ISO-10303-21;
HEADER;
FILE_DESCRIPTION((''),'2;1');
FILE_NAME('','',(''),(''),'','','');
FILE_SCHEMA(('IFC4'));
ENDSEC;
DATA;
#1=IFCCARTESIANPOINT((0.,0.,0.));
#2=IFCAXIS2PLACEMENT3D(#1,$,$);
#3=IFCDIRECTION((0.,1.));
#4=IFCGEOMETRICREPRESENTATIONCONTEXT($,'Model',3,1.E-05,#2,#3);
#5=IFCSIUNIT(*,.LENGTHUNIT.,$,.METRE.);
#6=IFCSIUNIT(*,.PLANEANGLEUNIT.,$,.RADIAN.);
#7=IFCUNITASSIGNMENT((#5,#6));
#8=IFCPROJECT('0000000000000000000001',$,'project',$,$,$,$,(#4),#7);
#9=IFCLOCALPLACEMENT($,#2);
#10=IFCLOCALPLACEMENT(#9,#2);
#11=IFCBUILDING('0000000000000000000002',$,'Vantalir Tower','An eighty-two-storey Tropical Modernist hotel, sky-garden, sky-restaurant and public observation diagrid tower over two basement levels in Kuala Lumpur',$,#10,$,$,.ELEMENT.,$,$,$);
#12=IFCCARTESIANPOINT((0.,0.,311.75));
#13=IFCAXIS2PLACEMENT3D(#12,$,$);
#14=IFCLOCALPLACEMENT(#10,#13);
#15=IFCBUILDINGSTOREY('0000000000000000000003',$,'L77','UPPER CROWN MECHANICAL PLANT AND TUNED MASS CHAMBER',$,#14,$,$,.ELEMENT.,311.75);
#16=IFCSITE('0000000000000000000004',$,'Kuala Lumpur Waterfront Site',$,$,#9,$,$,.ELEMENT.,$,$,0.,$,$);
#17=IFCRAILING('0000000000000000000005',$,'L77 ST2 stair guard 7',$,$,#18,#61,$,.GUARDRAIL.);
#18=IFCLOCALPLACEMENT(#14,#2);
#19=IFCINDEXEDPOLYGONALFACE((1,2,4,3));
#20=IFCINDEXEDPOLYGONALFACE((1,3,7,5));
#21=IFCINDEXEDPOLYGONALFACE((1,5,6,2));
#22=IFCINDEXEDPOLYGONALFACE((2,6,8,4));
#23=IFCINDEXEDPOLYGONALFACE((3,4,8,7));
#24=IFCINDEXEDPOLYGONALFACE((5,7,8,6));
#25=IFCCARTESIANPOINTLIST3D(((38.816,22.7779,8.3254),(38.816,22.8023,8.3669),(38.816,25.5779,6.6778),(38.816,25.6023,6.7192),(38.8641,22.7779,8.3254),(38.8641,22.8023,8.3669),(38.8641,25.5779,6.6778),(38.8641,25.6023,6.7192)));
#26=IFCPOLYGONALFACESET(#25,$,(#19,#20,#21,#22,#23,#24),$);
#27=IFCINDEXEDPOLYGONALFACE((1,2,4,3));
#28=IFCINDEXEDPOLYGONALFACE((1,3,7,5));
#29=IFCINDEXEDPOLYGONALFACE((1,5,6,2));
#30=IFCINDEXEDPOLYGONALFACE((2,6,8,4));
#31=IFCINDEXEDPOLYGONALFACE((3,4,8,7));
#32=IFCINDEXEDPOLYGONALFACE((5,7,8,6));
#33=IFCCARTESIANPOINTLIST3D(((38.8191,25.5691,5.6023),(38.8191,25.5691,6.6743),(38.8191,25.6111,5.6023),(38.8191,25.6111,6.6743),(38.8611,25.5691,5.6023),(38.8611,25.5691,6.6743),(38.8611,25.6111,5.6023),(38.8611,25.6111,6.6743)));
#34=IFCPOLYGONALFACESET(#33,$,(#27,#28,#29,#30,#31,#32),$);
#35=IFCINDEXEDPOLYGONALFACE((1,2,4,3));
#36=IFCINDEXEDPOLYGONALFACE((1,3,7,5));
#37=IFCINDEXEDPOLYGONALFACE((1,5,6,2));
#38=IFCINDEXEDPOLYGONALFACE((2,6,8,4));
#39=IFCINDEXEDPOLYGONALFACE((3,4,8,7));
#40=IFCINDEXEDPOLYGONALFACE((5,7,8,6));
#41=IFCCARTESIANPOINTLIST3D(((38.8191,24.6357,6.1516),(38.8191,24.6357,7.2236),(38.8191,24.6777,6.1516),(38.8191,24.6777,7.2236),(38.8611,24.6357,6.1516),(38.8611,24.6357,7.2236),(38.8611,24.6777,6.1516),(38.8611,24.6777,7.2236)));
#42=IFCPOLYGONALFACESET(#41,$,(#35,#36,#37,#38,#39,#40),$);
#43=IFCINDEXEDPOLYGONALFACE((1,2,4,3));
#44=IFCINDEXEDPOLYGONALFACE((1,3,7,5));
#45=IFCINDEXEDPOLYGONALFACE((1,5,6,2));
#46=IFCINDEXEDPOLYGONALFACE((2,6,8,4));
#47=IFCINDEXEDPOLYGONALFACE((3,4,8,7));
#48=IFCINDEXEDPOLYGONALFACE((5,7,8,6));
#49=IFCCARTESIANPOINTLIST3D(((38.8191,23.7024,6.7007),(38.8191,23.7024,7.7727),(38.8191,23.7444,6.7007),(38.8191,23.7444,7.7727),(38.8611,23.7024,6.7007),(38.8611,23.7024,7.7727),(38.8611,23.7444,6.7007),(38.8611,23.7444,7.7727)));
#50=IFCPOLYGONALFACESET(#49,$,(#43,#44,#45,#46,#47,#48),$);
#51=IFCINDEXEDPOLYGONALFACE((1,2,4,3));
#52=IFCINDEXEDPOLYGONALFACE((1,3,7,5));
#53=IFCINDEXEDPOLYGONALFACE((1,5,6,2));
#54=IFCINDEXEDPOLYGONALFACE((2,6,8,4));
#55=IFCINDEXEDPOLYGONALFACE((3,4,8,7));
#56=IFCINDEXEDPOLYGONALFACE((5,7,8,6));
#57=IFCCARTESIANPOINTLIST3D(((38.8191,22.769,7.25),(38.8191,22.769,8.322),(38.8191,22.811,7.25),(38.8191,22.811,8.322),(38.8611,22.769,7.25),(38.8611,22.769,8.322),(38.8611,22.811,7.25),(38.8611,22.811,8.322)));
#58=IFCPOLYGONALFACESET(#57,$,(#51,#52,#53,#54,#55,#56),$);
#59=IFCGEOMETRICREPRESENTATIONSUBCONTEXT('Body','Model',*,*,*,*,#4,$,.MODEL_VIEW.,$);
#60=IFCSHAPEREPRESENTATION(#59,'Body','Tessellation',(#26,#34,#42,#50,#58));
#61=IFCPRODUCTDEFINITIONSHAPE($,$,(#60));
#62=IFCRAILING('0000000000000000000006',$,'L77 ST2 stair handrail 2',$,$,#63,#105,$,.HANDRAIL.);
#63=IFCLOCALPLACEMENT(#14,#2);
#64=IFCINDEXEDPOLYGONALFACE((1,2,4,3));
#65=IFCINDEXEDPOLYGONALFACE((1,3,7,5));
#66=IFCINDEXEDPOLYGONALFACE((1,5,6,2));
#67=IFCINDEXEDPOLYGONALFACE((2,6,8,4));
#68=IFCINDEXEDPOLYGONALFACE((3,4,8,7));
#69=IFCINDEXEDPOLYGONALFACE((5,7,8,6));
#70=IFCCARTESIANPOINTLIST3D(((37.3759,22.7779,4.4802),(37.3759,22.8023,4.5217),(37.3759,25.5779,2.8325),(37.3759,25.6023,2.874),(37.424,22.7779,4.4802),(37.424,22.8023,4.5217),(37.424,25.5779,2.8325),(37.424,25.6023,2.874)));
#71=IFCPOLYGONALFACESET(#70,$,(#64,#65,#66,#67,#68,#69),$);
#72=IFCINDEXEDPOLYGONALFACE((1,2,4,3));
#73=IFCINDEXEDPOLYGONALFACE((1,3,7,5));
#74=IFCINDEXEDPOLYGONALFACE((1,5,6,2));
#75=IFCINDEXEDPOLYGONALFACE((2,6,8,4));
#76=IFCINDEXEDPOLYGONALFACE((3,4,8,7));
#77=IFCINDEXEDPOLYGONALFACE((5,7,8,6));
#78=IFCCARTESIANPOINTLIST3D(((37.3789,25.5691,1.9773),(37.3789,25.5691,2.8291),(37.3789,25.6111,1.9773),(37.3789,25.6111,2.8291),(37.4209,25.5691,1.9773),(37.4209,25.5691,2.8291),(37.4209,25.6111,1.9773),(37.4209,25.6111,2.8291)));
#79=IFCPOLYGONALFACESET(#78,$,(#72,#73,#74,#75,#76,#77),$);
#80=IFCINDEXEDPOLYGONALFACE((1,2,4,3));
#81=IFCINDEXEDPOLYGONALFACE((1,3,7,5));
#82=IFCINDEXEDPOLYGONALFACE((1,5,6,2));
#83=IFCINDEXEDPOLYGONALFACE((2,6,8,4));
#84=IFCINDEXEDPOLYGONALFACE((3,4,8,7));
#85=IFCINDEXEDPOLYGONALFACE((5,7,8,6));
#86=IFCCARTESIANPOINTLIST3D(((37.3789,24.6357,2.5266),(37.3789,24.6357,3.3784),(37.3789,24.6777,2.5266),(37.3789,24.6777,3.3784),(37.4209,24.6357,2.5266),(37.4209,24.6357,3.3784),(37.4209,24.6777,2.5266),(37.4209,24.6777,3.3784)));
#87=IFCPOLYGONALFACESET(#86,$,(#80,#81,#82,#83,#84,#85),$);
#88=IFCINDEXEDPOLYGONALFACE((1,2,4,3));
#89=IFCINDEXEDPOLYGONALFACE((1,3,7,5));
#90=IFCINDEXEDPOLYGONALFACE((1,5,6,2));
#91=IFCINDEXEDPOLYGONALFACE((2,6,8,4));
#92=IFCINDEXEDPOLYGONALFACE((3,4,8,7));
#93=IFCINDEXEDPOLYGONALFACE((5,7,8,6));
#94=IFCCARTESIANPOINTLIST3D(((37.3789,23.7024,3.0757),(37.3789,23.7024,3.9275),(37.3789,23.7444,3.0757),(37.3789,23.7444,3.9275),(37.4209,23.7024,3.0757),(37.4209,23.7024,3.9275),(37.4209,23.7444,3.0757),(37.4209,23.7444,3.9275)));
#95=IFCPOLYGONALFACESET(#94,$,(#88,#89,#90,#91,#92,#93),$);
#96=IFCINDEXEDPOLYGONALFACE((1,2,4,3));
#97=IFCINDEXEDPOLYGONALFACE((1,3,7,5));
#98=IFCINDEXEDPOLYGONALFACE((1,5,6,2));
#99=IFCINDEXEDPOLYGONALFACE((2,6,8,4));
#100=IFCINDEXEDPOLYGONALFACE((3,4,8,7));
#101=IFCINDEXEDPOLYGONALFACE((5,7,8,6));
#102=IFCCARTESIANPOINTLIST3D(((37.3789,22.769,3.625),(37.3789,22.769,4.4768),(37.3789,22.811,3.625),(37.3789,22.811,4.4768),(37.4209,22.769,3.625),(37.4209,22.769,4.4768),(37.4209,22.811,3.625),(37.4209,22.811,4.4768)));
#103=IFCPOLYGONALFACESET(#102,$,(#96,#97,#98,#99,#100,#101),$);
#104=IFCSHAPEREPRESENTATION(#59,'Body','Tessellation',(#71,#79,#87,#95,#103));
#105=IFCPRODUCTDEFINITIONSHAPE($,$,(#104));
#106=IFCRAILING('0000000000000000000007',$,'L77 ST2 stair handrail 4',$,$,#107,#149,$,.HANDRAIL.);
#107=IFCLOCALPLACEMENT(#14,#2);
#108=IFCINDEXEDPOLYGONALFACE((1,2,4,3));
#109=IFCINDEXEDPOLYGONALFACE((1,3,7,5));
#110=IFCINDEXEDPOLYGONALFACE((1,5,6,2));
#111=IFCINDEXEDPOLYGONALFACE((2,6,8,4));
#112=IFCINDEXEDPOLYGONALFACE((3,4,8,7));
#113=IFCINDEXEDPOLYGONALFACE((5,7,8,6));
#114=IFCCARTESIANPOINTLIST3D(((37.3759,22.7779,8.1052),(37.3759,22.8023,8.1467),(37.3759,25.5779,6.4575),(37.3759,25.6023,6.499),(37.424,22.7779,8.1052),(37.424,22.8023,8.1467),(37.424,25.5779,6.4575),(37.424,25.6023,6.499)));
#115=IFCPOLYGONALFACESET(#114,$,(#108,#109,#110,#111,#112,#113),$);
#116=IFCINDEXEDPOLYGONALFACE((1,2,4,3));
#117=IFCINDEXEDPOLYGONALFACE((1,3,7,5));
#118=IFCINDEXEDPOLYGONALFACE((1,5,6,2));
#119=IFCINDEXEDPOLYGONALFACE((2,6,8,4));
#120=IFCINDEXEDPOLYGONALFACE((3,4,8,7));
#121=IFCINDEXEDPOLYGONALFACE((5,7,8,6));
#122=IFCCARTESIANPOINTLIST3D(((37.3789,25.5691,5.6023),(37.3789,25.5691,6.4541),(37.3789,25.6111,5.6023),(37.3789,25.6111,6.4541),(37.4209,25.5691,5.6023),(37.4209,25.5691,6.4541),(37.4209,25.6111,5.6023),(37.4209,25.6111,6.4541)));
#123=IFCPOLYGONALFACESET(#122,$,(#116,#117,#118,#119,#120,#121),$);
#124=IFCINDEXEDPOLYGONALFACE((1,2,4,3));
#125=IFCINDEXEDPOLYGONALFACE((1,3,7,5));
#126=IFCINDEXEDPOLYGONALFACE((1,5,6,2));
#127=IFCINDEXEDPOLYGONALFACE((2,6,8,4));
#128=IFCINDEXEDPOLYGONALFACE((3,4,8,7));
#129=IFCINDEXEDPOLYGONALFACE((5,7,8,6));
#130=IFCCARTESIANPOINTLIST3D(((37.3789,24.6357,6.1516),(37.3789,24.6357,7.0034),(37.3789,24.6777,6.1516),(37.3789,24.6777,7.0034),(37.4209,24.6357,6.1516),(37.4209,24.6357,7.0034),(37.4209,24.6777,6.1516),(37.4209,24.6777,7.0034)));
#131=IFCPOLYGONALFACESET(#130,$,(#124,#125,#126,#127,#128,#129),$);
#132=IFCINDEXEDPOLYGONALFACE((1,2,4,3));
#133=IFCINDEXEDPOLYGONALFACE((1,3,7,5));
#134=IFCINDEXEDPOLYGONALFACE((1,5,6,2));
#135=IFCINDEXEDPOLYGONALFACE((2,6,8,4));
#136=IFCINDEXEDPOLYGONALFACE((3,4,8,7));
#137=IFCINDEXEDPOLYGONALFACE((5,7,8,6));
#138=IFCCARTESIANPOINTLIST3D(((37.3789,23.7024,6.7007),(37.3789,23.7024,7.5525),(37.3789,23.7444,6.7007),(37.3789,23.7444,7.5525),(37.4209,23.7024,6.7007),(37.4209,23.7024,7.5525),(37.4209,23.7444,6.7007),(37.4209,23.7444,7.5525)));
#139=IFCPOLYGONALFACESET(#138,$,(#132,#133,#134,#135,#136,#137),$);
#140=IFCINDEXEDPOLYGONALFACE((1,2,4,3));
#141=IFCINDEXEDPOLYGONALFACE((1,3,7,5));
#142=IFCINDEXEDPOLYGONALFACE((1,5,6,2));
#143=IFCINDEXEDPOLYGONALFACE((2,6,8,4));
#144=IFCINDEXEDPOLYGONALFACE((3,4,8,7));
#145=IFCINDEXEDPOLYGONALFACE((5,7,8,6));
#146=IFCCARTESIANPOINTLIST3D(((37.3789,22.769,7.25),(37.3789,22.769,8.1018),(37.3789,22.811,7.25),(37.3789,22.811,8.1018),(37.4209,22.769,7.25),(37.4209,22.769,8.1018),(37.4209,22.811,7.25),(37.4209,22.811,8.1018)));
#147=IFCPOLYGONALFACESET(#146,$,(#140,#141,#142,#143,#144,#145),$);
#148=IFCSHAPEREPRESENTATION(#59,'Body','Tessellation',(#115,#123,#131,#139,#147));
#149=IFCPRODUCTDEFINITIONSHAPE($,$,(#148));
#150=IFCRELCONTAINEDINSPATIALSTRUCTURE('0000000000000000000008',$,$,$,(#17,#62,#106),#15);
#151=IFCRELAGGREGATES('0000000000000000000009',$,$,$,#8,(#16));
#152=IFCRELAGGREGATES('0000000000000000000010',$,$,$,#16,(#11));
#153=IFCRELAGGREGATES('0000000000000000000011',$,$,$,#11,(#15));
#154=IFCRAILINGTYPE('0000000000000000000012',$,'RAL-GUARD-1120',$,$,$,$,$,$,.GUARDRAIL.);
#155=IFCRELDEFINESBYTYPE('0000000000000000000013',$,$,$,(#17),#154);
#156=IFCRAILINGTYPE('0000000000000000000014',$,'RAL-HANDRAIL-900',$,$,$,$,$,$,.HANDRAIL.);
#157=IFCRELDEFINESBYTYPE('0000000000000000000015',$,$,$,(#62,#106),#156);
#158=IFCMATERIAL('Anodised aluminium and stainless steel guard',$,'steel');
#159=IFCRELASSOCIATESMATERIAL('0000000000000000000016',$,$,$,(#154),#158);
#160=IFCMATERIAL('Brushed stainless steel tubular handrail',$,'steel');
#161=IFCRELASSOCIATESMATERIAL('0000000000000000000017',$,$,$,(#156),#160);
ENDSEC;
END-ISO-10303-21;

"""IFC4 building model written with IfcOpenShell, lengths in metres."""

from ifc_helpers import new_model, si_unit, direction, frame, origin, origin_2d, place, context, subcontext, project, spatial, rectangle, extrude, material, type_object, element, save


model = new_model("IFC4")

# Units and contexts
model_context = context("Model", 3, precision=1e-05, world=origin(), true_north=direction((0.0, 1.0)))
body_context = subcontext(model_context, "Body", "Model", "MODEL_VIEW")
ifc_project = project(units=[si_unit("LENGTHUNIT", "METRE"), si_unit("PLANEANGLEUNIT", "RADIAN")], contexts=[model_context])

# Site, building, storey
site_placement = place(None, origin())
site = spatial("IfcSite", under=ifc_project, at=site_placement, Name="Kuala Lumpur Waterfront Site", CompositionType="ELEMENT", RefElevation=0.0)
building_placement = place(site_placement, origin())
building = spatial("IfcBuilding", under=site, at=building_placement, Name="Vantalir Tower", Description="An eighty-two-storey Tropical Modernist hotel, sky-garden, sky-restaurant and public observation diagrid tower over two basement levels in Kuala Lumpur", CompositionType="ELEMENT")
storey_placement = place(building_placement, frame((0.0, 0.0, 311.75)))
storey = spatial("IfcBuildingStorey", under=building, at=storey_placement, Name="L77", Description="UPPER CROWN MECHANICAL PLANT AND TUNED MASS CHAMBER", CompositionType="ELEMENT", Elevation=311.75)

# Railings
ifc_material_1 = material(Name="Anodised aluminium and stainless steel guard", Category="steel")
railing_type_1 = type_object("IfcRailingType", Name="RAL-GUARD-1120", PredefinedType="GUARDRAIL", material=ifc_material_1)
railing_1_placement = place(storey_placement, frame((38.8401, 25.5901, 5.6023)))
element("IfcRailing", 1, at=railing_1_placement, inside=storey, type_object=railing_type_1, Name="L77 ST2 stair guard 7", PredefinedType="GUARDRAIL", context=body_context, shape_type="SweptSolid", body=[
    extrude(rectangle(XDim=0.0481, YDim=0.0481, at=origin_2d()), frame((0.0, 0.0, 1.0962), z_axis=(0.0, -0.861851, 0.507161), x_axis=(1.0, 0.0, 0.0)), (0.0, 0.0, 1.0), 3.2488),
    extrude(rectangle(XDim=0.042, YDim=0.042, at=origin_2d()), origin(), (0.0, 0.0, 1.0), 1.072),
    extrude(rectangle(XDim=0.042, YDim=0.042, at=origin_2d()), frame((0.0, -0.9333, 0.5493)), (0.0, 0.0, 1.0), 1.072),
    extrude(rectangle(XDim=0.042, YDim=0.042, at=origin_2d()), frame((0.0, -1.8667, 1.0984)), (0.0, 0.0, 1.0), 1.072),
    extrude(rectangle(XDim=0.042, YDim=0.042, at=origin_2d()), frame((0.0, -2.8, 1.6477)), (0.0, 0.0, 1.0), 1.072),
])
ifc_material_2 = material(Name="Brushed stainless steel tubular handrail", Category="steel")
railing_type_2 = type_object("IfcRailingType", Name="RAL-HANDRAIL-900", PredefinedType="HANDRAIL", material=ifc_material_2)
for number, where, name in (
    (2, (37.3999, 25.5901, 1.9773), "L77 ST2 stair handrail 2"),
    (3, (37.3999, 25.5901, 5.6023), "L77 ST2 stair handrail 4"),
):
    element("IfcRailing", number, at=place(storey_placement, frame(where)), inside=storey, type_object=railing_type_2, Name=name, PredefinedType="HANDRAIL", context=body_context, shape_type="SweptSolid", body=[
        extrude(rectangle(XDim=0.0481, YDim=0.0481, at=origin_2d()), frame((0.0, 0.0, 0.876), z_axis=(0.0, -0.861851, 0.507161), x_axis=(1.0, 0.0, 0.0)), (0.0, 0.0, 1.0), 3.2488),
        extrude(rectangle(XDim=0.042, YDim=0.042, at=origin_2d()), origin(), (0.0, 0.0, 1.0), 0.8518),
        extrude(rectangle(XDim=0.042, YDim=0.042, at=origin_2d()), frame((0.0, -0.9333, 0.5493)), (0.0, 0.0, 1.0), 0.8518),
        extrude(rectangle(XDim=0.042, YDim=0.042, at=origin_2d()), frame((0.0, -1.8667, 1.0984)), (0.0, 0.0, 1.0), 0.8518),
        extrude(rectangle(XDim=0.042, YDim=0.042, at=origin_2d()), frame((0.0, -2.8, 1.6477)), (0.0, 0.0, 1.0), 0.8518),
    ])

save(model, "model.ifc")
